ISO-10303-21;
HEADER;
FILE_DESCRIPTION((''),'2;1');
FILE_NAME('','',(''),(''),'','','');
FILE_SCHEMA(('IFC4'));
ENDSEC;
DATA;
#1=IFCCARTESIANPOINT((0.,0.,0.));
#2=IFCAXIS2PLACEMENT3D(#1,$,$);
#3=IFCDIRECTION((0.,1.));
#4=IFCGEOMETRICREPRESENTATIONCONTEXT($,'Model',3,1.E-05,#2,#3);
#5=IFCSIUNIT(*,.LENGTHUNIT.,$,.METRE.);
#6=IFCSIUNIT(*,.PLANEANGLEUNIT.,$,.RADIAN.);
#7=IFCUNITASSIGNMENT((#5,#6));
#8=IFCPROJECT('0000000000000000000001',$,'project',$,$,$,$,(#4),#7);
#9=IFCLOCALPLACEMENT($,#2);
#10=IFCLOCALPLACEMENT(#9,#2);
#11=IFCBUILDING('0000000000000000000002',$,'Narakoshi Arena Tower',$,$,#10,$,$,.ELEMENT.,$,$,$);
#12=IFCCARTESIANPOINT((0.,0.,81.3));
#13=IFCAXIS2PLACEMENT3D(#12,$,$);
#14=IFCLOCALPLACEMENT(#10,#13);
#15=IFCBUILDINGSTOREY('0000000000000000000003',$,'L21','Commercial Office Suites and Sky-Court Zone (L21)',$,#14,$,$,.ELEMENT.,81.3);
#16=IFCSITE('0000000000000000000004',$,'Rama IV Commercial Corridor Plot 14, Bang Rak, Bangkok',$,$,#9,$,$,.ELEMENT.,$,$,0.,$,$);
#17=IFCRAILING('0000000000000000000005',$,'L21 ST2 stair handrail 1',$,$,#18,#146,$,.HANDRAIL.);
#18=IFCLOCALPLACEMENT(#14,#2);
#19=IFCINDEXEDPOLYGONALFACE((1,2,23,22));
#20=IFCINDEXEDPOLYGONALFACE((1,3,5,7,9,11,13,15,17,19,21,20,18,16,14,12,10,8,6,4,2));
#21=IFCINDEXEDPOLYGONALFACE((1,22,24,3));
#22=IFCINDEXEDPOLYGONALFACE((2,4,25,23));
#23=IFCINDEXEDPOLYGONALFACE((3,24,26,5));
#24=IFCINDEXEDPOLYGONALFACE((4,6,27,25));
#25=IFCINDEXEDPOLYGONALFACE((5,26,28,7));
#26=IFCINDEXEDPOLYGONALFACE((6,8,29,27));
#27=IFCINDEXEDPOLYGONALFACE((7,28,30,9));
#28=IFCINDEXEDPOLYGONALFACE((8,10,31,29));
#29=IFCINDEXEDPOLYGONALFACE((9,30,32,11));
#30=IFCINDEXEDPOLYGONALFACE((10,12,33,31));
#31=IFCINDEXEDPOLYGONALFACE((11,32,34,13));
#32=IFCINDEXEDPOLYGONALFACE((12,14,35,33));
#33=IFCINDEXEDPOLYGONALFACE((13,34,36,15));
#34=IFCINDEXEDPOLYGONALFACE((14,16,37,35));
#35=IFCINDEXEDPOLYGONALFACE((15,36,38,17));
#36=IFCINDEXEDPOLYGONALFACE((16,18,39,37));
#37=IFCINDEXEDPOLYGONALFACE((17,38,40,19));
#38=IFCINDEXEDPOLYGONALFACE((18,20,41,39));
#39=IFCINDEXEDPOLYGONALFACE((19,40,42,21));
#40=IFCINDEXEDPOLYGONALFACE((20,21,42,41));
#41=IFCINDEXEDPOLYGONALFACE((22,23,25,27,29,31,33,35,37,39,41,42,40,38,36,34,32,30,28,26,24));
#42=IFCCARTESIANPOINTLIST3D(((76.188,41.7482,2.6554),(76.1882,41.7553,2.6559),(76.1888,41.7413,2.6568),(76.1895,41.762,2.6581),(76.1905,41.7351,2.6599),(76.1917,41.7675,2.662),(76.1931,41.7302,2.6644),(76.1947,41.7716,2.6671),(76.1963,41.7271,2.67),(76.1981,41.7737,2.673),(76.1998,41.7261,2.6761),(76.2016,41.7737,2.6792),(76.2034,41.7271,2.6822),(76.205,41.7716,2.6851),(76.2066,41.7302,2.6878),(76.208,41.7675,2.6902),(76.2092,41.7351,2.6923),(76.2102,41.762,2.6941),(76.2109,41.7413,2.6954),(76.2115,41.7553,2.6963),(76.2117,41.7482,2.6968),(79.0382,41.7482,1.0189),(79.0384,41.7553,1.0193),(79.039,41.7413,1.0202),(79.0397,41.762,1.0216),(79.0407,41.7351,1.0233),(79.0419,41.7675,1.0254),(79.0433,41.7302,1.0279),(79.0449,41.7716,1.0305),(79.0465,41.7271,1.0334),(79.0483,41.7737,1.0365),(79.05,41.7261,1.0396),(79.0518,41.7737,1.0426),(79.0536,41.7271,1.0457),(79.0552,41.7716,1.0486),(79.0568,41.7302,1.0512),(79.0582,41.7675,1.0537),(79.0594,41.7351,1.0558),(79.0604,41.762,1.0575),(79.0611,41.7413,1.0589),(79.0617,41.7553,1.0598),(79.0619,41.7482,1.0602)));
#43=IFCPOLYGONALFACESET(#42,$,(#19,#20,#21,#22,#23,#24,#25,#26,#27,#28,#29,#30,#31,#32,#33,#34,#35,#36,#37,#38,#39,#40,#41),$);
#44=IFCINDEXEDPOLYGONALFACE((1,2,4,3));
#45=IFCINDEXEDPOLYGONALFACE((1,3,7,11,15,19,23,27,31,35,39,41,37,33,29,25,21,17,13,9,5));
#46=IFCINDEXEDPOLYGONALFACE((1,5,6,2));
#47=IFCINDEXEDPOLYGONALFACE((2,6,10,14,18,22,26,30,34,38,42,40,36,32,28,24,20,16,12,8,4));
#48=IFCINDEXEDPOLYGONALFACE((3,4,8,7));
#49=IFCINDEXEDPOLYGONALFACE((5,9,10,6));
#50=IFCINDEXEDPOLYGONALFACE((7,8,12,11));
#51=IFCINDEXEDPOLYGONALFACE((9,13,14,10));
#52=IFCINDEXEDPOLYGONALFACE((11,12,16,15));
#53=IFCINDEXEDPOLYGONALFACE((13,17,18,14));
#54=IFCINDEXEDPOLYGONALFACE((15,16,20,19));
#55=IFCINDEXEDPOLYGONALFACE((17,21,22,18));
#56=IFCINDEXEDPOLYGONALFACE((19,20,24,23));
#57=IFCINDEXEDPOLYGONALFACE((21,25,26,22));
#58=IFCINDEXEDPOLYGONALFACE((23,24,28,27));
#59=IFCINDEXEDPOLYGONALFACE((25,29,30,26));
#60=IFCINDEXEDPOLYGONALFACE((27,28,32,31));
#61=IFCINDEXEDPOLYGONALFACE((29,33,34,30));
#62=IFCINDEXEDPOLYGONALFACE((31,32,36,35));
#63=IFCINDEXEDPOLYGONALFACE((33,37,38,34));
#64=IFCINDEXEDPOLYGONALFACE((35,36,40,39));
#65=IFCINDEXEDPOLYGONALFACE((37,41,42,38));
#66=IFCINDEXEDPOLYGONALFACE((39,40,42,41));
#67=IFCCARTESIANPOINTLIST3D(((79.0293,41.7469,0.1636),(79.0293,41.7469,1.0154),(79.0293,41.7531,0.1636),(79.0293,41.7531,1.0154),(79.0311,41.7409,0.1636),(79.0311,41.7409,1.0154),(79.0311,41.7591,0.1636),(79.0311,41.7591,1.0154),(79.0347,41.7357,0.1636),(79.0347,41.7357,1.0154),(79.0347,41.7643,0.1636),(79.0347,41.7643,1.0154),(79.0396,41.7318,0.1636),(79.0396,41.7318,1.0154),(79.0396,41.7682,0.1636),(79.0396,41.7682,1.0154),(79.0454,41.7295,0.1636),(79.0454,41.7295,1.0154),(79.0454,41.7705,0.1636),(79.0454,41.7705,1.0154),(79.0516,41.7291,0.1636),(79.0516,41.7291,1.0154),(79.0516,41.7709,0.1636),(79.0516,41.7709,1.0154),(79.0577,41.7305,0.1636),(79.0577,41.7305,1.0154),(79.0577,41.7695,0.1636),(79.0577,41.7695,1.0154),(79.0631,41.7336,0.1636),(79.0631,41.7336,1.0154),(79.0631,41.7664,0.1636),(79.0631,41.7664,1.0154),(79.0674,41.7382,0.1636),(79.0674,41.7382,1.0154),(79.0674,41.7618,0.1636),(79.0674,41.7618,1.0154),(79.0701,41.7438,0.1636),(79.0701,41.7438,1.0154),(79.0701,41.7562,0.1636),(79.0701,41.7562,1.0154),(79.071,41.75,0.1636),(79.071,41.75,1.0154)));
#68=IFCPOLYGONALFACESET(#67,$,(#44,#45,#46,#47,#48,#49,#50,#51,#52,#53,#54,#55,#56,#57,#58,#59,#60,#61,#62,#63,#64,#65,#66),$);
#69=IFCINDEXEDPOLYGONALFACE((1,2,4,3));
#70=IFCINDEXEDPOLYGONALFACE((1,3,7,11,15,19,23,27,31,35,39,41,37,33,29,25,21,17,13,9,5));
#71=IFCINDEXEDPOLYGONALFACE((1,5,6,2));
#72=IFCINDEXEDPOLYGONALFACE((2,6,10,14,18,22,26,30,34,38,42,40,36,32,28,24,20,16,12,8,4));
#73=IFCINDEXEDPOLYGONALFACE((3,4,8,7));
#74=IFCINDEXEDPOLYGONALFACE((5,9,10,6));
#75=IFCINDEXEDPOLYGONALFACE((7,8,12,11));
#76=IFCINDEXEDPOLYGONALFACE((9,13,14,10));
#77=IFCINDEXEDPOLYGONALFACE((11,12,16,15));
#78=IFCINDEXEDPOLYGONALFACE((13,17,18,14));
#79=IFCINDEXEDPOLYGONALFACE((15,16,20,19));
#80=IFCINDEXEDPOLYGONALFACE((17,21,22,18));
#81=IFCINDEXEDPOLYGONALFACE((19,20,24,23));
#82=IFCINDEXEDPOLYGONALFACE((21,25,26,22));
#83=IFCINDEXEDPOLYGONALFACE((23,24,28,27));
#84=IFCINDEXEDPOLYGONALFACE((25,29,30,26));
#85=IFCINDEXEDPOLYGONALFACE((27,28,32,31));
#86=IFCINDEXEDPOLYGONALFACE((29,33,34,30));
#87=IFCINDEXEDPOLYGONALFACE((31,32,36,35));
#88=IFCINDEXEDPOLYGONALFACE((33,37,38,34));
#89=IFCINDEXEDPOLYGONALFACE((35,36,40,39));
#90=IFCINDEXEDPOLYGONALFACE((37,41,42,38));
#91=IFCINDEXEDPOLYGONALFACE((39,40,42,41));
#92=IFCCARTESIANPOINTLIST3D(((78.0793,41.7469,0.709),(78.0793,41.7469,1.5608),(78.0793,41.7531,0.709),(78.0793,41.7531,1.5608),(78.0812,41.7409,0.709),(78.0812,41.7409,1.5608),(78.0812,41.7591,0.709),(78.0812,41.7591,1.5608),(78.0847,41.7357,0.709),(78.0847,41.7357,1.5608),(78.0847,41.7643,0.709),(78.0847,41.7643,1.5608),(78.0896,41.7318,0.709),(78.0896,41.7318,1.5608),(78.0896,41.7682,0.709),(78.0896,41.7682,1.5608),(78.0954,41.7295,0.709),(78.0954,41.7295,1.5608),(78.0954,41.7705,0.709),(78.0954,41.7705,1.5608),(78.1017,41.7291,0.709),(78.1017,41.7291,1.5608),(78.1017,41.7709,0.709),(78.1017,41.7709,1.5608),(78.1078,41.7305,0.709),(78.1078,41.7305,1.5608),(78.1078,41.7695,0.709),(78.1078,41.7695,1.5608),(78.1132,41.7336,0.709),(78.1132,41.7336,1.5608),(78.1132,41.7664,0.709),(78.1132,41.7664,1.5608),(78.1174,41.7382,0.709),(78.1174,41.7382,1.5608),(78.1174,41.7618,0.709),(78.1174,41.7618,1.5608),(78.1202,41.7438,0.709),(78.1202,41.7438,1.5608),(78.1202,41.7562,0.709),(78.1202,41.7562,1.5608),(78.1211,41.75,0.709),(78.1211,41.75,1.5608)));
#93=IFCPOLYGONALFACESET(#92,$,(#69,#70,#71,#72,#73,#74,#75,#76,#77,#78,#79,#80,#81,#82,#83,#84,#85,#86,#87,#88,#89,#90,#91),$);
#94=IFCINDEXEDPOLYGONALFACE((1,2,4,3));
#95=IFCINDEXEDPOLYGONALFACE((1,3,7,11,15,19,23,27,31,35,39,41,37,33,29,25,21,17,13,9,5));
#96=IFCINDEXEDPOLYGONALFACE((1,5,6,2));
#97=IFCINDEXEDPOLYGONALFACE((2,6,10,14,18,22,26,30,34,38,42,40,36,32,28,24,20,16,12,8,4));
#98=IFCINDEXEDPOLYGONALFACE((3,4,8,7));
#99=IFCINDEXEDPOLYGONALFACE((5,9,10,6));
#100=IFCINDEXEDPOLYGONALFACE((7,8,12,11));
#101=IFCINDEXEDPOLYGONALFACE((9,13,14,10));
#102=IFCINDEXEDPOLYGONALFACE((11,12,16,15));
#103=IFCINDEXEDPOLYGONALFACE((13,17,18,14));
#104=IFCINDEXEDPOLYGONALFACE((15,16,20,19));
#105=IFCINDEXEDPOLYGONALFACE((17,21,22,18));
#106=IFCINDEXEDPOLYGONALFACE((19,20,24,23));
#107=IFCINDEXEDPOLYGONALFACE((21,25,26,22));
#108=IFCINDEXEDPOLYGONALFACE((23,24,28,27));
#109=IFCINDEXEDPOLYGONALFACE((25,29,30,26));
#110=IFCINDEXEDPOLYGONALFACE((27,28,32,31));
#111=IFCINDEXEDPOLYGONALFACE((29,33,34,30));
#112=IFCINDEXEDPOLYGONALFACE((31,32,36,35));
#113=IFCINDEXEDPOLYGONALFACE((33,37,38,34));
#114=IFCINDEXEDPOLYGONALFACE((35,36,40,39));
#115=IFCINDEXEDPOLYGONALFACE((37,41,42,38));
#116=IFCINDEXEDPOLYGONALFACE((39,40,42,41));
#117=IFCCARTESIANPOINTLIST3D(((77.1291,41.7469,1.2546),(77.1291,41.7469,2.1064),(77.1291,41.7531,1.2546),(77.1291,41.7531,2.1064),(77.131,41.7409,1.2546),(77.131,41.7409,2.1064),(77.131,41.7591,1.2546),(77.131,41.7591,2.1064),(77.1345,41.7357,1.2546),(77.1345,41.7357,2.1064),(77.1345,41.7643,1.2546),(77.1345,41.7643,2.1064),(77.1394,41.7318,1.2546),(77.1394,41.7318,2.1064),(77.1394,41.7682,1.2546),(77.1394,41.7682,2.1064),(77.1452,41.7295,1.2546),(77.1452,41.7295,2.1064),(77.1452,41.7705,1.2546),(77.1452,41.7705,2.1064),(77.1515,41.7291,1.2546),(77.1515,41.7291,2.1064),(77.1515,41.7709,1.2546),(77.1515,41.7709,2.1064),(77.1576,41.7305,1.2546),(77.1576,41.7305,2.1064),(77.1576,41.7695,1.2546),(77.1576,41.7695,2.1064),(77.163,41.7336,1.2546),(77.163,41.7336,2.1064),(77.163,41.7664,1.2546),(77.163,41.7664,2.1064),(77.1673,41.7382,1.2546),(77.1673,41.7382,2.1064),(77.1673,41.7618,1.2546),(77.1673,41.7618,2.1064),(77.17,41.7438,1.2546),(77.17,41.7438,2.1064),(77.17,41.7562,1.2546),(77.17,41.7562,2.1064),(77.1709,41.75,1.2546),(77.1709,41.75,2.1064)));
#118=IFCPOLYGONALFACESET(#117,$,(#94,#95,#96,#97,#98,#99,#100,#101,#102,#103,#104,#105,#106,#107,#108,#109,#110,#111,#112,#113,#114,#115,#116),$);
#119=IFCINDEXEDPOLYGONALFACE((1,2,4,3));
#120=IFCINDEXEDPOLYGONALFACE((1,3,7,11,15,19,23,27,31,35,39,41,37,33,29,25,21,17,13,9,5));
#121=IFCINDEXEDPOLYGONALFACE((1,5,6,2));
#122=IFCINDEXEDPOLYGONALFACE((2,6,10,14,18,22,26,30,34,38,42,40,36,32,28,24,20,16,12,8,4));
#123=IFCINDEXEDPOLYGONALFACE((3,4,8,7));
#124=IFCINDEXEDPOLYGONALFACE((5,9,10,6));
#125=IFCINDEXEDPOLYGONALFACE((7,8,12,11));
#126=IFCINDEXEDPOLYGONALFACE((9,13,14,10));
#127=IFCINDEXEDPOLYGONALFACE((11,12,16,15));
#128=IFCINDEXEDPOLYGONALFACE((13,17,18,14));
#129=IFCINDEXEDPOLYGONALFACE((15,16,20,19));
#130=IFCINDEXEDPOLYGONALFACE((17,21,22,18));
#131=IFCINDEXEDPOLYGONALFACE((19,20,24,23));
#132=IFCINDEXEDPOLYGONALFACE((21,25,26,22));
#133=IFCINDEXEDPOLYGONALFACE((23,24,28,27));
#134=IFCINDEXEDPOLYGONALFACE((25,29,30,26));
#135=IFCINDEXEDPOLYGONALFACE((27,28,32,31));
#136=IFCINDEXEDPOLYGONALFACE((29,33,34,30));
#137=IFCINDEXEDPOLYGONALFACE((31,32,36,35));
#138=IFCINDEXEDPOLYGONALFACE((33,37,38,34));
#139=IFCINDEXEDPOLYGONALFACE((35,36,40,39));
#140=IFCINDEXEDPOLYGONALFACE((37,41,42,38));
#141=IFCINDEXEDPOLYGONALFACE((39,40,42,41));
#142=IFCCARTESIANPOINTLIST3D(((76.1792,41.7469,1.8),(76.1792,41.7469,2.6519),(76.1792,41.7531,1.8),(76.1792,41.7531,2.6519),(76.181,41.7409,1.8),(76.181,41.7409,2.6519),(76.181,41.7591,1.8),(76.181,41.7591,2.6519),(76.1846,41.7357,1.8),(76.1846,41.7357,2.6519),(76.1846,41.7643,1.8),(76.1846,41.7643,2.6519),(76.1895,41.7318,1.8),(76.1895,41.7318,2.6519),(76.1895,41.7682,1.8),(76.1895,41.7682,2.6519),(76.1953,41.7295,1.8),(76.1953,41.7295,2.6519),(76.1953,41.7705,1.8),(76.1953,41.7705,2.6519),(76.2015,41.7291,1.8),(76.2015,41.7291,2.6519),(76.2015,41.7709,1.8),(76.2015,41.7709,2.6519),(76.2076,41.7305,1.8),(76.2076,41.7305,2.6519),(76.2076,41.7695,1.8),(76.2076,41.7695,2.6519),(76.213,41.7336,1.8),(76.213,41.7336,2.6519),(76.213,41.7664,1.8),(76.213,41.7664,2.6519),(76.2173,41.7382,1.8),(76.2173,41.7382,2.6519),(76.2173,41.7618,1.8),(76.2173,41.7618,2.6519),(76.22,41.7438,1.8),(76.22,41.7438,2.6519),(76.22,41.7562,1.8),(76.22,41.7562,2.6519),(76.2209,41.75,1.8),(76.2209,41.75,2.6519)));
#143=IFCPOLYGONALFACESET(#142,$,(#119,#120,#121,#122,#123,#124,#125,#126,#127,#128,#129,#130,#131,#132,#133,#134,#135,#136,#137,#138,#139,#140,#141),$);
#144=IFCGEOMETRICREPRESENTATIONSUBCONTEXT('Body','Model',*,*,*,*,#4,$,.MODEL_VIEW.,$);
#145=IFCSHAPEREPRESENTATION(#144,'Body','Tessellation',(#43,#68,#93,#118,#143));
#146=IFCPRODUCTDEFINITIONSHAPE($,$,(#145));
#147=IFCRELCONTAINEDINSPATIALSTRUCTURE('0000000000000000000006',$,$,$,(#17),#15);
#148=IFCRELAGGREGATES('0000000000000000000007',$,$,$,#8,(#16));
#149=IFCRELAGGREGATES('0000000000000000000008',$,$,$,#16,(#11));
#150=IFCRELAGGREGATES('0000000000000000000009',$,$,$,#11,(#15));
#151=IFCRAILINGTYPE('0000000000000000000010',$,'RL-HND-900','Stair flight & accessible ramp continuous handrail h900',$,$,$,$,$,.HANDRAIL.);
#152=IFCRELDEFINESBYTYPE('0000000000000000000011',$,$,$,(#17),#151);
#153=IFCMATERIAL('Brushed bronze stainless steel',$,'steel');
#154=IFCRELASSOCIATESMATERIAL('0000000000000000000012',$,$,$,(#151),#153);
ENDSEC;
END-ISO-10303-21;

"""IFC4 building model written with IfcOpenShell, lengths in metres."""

from ifc_helpers import new_model, si_unit, direction, frame, origin, origin_2d, place, context, subcontext, project, spatial, circle, extrude, material, type_object, element, save


model = new_model("IFC4")

# Units and contexts
model_context = context("Model", 3, precision=1e-05, world=origin(), true_north=direction((0.0, 1.0)))
body_context = subcontext(model_context, "Body", "Model", "MODEL_VIEW")
ifc_project = project(units=[si_unit("LENGTHUNIT", "METRE"), si_unit("PLANEANGLEUNIT", "RADIAN")], contexts=[model_context])

# Site, building, storey
site_placement = place(None, origin())
site = spatial("IfcSite", under=ifc_project, at=site_placement, Name="Rama IV Commercial Corridor Plot 14, Bang Rak, Bangkok", CompositionType="ELEMENT", RefElevation=0.0)
building_placement = place(site_placement, origin())
building = spatial("IfcBuilding", under=site, at=building_placement, Name="Narakoshi Arena Tower", CompositionType="ELEMENT")
storey_placement = place(building_placement, frame((0.0, 0.0, 81.3)))
storey = spatial("IfcBuildingStorey", under=building, at=storey_placement, Name="L21", Description="Commercial Office Suites and Sky-Court Zone (L21)", CompositionType="ELEMENT", Elevation=81.3)

# Shared definitions
ifc_material_1 = material(Name="Brushed bronze stainless steel", Category="steel")

# Railing
railing_type_1 = type_object("IfcRailingType", Name="RL-HND-900", Description="Stair flight & accessible ramp continuous handrail h900", PredefinedType="HANDRAIL", material=ifc_material_1)
railing_1_placement = place(storey_placement, frame((79.05, 41.75, 0.1636)))
element("IfcRailing", 1, at=railing_1_placement, inside=storey, type_object=railing_type_1, Name="L21 ST2 stair handrail 1", PredefinedType="HANDRAIL", context=body_context, shape_type="SweptSolid", body=[
    extrude(circle(Radius=0.0239, at=origin_2d()), frame((0.0, 0.0, 0.876), z_axis=(-0.867213, 0.0, 0.497938), x_axis=(0.0, -1.0, 0.0)), (0.0, 0.0, 1.0), 3.2866),
    extrude(circle(Radius=0.021, at=origin_2d()), origin(), (0.0, 0.0, 1.0), 0.8518),
    extrude(circle(Radius=0.021, at=origin_2d()), frame((-0.95, 0.0, 0.5454)), (0.0, 0.0, 1.0), 0.8518),
    extrude(circle(Radius=0.021, at=origin_2d()), frame((-1.9001, 0.0, 1.0911)), (0.0, 0.0, 1.0), 0.8518),
    extrude(circle(Radius=0.021, at=origin_2d()), frame((-2.8501, 0.0, 1.6365)), (0.0, 0.0, 1.0), 0.8518),
])

save(model, "model.ifc")
